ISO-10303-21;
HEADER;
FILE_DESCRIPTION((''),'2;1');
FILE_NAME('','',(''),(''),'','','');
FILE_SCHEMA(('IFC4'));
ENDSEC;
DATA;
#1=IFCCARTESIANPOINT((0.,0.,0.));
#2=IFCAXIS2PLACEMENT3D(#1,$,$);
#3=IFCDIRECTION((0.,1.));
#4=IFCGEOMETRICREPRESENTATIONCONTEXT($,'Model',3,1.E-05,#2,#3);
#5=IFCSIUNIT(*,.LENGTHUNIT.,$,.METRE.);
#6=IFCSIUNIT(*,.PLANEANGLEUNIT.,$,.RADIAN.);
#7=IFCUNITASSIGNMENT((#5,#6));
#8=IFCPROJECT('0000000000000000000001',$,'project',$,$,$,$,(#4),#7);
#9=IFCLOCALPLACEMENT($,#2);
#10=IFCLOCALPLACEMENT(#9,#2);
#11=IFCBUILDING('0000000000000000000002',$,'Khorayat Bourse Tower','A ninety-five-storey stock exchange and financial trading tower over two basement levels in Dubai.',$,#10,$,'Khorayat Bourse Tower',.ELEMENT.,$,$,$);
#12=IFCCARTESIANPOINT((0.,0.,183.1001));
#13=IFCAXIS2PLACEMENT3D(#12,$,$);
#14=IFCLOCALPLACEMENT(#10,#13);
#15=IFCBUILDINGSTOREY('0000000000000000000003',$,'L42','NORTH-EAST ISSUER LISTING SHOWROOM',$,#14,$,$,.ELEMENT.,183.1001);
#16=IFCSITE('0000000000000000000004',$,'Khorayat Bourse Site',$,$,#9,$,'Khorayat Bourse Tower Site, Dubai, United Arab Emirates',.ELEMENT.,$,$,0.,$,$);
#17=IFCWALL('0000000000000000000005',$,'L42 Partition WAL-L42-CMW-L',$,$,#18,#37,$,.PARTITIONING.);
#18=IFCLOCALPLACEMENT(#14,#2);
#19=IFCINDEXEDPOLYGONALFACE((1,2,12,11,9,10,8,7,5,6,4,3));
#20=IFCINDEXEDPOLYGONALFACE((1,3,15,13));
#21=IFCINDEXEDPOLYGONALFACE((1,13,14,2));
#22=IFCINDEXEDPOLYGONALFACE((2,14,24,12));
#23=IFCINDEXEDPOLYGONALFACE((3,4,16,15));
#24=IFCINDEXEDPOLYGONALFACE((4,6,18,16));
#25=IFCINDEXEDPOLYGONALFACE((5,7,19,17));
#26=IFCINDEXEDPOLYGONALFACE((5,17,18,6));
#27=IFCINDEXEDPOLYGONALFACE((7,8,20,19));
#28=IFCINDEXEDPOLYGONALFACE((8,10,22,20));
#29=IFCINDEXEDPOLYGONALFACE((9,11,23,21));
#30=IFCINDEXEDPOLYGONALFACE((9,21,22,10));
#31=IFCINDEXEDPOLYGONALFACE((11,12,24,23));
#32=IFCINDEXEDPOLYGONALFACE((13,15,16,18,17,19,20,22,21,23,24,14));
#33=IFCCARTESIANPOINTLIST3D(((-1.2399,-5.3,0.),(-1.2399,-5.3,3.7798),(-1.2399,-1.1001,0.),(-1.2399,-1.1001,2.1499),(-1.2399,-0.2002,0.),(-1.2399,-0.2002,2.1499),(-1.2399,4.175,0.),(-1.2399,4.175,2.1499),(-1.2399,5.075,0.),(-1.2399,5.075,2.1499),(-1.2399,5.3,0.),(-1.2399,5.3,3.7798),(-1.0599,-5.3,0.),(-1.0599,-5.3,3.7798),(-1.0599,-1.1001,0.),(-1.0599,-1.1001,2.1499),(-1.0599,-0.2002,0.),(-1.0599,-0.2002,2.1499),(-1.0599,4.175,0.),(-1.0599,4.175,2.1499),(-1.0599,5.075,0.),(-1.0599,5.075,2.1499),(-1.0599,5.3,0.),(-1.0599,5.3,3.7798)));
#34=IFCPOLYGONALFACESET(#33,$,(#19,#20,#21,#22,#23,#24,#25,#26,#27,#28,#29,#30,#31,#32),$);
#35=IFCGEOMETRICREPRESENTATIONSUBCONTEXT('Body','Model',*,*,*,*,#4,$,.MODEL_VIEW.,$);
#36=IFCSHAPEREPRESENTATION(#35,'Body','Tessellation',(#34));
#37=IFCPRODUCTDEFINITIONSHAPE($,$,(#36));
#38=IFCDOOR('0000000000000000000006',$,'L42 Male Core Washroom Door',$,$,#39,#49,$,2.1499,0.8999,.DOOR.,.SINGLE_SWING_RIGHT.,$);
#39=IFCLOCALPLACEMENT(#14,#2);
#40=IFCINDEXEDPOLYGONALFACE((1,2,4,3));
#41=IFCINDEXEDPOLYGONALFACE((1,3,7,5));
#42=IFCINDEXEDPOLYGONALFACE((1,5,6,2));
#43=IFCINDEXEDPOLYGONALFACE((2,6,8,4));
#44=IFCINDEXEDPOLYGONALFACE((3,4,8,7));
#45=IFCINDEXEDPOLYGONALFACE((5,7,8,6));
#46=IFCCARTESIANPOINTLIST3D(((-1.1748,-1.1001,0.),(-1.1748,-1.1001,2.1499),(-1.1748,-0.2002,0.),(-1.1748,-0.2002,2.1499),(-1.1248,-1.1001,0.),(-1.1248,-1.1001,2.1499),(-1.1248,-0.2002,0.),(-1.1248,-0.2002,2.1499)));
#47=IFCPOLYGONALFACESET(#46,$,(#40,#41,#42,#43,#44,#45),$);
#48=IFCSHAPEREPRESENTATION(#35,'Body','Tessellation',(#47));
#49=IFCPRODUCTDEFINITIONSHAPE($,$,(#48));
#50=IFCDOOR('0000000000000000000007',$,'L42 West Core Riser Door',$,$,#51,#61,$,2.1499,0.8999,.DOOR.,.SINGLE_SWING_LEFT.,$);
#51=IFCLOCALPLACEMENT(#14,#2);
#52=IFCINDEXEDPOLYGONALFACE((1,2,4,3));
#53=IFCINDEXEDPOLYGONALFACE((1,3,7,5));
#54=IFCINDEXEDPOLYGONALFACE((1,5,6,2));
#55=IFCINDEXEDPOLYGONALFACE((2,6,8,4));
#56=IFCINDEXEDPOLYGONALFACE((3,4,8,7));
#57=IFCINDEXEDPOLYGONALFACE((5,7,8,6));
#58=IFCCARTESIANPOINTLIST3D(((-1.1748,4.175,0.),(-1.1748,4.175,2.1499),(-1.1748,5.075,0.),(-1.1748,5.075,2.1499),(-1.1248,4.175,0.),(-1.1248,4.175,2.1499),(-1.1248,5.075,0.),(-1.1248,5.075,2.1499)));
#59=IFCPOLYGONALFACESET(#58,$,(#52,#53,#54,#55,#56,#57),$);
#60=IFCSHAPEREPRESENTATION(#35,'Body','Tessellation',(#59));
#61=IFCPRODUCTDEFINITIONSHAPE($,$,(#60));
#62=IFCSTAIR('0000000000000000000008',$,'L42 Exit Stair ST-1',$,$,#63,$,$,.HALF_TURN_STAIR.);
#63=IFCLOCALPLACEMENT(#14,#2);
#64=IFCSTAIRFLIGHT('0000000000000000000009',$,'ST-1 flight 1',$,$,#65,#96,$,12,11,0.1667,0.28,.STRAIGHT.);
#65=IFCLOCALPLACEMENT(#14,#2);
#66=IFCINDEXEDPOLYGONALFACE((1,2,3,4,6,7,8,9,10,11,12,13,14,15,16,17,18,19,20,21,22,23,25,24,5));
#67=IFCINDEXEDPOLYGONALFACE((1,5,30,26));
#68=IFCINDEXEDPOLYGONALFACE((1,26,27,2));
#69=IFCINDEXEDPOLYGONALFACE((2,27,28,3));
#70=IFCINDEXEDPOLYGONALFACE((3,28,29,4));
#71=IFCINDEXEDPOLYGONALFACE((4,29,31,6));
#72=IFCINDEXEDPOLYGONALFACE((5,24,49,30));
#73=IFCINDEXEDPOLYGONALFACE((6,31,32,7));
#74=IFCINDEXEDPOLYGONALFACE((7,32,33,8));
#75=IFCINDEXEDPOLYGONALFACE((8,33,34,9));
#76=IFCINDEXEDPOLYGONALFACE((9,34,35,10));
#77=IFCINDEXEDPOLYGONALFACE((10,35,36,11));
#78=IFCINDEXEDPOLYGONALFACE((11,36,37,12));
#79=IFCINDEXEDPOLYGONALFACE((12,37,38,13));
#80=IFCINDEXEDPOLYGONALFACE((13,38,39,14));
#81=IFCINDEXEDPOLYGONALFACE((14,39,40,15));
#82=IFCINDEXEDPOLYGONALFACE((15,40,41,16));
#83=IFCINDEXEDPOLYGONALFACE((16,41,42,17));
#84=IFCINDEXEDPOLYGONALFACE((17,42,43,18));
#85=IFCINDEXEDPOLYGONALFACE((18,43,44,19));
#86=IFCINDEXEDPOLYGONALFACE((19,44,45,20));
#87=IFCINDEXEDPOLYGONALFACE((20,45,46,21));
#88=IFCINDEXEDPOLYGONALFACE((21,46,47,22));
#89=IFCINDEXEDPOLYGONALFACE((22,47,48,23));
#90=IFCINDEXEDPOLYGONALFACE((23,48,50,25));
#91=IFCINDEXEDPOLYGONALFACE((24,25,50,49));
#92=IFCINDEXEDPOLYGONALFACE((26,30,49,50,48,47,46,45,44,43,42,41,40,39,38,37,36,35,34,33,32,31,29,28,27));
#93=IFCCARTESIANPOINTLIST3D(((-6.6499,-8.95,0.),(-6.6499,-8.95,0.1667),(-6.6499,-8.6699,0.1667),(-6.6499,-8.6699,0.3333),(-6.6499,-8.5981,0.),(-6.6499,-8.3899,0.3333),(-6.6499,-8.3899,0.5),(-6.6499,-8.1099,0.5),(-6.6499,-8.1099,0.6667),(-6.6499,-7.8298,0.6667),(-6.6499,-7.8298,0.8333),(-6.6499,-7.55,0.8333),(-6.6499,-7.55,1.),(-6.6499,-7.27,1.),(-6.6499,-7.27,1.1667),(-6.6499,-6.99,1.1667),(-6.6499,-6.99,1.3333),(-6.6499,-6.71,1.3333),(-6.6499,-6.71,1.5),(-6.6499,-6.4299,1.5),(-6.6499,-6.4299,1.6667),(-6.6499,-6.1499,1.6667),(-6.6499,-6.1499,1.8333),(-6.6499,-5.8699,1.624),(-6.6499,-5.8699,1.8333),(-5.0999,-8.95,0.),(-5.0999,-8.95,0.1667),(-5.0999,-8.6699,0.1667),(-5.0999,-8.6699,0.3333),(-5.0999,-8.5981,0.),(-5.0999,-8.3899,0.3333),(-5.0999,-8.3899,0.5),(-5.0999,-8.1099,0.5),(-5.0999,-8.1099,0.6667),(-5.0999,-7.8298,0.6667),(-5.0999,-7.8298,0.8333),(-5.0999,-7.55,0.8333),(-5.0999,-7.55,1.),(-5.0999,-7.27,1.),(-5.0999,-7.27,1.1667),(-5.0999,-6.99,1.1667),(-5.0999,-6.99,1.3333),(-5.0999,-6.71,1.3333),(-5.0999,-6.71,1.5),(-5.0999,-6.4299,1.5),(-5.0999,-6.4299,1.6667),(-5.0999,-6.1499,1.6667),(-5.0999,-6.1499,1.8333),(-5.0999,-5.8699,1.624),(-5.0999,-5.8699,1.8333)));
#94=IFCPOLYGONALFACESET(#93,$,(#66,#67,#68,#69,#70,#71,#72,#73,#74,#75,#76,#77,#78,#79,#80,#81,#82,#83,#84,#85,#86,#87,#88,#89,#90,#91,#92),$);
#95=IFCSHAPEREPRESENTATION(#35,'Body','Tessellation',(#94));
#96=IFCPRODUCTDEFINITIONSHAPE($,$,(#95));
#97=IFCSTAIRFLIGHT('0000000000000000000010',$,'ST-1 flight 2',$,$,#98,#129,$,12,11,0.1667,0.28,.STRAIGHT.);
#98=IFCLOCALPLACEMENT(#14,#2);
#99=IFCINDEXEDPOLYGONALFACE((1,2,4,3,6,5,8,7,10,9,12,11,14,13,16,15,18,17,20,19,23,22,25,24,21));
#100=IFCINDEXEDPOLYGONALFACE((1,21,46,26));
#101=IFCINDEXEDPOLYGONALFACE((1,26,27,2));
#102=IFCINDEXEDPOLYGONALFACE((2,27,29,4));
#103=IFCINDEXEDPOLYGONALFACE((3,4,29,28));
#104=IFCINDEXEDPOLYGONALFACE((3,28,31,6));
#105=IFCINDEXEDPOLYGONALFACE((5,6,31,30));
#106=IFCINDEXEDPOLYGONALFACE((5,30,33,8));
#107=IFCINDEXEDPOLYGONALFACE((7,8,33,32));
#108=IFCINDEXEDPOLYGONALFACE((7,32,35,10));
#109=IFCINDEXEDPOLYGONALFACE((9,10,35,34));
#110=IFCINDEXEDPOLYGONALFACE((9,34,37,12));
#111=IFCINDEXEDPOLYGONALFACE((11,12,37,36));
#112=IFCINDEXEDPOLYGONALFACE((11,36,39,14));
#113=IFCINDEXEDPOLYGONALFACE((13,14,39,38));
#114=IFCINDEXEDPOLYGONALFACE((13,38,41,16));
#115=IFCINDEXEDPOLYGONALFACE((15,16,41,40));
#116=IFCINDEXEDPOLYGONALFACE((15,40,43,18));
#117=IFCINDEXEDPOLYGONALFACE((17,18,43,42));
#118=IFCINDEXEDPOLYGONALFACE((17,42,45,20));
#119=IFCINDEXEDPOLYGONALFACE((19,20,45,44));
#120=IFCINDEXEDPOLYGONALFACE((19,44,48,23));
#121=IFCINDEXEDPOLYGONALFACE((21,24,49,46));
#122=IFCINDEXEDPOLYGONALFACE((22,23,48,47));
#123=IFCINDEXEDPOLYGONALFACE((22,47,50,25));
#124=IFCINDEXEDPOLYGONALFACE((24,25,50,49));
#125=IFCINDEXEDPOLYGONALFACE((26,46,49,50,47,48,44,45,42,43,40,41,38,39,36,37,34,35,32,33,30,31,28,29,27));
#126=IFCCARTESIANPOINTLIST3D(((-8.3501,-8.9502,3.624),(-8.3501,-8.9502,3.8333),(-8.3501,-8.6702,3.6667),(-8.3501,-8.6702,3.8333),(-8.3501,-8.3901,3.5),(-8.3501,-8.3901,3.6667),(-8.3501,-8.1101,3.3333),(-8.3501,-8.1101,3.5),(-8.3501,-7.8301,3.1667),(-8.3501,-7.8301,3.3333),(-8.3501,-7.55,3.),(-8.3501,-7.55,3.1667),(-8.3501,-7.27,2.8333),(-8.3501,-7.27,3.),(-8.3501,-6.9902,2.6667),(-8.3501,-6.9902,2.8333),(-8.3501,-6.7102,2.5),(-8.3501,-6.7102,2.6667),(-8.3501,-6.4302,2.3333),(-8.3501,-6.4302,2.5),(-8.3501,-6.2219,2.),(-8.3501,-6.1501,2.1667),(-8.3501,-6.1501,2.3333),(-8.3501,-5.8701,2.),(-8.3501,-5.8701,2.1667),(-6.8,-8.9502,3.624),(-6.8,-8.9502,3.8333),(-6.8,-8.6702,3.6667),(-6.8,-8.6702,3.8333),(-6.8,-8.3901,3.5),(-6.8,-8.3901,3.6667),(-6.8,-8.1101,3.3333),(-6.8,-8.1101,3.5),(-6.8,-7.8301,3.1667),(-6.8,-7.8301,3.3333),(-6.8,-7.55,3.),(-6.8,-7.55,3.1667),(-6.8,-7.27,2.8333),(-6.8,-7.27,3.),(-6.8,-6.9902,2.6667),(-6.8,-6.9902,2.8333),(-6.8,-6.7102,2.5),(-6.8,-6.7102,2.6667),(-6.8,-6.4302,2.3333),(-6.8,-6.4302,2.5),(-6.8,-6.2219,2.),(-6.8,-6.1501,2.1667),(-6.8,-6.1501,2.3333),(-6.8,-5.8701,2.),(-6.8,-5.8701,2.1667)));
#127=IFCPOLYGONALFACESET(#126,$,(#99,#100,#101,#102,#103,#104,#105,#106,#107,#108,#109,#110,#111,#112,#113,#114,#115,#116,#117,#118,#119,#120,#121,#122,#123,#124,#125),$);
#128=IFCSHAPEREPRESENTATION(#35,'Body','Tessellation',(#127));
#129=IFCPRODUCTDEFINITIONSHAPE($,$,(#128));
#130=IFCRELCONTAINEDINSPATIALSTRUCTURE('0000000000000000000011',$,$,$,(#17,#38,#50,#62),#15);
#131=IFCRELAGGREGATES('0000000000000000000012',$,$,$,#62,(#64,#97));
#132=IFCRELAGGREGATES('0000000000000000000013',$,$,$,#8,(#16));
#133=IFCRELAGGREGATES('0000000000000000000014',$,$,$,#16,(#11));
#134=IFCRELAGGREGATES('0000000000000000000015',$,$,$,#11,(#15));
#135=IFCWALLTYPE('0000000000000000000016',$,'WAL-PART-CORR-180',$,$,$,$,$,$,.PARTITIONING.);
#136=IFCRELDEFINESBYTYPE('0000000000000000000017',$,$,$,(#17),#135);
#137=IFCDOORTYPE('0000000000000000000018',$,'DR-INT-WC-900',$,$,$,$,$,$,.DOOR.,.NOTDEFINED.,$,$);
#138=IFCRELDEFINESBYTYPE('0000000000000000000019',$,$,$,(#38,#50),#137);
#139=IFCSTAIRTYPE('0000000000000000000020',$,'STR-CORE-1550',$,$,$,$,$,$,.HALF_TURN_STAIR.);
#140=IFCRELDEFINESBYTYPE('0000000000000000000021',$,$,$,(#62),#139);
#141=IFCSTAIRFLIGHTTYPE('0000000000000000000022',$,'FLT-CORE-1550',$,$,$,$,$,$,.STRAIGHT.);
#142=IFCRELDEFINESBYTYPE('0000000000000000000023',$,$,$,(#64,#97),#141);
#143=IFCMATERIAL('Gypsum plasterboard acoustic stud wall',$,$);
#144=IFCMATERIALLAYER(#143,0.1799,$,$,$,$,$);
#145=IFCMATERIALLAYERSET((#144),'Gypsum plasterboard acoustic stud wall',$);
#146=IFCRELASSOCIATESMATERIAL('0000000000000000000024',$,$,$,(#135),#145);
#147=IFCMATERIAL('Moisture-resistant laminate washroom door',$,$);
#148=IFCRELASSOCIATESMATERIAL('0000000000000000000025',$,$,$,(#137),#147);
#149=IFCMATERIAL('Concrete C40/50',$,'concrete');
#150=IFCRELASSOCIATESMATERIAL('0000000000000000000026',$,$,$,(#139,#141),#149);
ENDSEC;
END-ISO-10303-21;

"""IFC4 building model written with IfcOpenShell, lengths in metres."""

from ifc_helpers import new_model, si_unit, direction, frame, frame_2d, origin, place, context, subcontext, project, spatial, polyline, rectangle, outline, extrude, source, transform, mapped, material, layer, layer_set, type_object, element, fill, aggregate, save


model = new_model("IFC4")

# Units and contexts
model_context = context("Model", 3, precision=1e-05, world=origin(), true_north=direction((0.0, 1.0)))
body_context = subcontext(model_context, "Body", "Model", "MODEL_VIEW")
ifc_project = project(units=[si_unit("LENGTHUNIT", "METRE"), si_unit("PLANEANGLEUNIT", "RADIAN")], contexts=[model_context])

# Site, building, storey
site_placement = place(None, origin())
site = spatial("IfcSite", under=ifc_project, at=site_placement, Name="Khorayat Bourse Site", LongName="Khorayat Bourse Tower Site, Dubai, United Arab Emirates", CompositionType="ELEMENT", RefElevation=0.0)
building_placement = place(site_placement, origin())
building = spatial("IfcBuilding", under=site, at=building_placement, Name="Khorayat Bourse Tower", Description="A ninety-five-storey stock exchange and financial trading tower over two basement levels in Dubai.", LongName="Khorayat Bourse Tower", CompositionType="ELEMENT")
storey_placement = place(building_placement, frame((0.0, 0.0, 183.1001)))
storey = spatial("IfcBuildingStorey", under=building, at=storey_placement, Name="L42", Description="NORTH-EAST ISSUER LISTING SHOWROOM", CompositionType="ELEMENT", Elevation=183.1001)

# Shared definitions
ifc_material_1 = material(Name="Gypsum plasterboard acoustic stud wall")
ifc_layer_1 = layer(ifc_material_1, 0.1799)
ifc_layer_set_1 = layer_set([ifc_layer_1], Name="Gypsum plasterboard acoustic stud wall")
wall_type_1 = type_object("IfcWallType", Name="WAL-PART-CORR-180", PredefinedType="PARTITIONING", material=ifc_layer_set_1)

# Shared definitions
shared_shape_1 = source(origin(), body_context, "Body", "SweptSolid", [
    extrude(rectangle(XDim=0.8999, YDim=2.1499, at=frame_2d((0.45, 1.075))), frame((0.0, 0.0999, 0.0), z_axis=(0.0, -1.0, 0.0), x_axis=(1.0, 0.0, 0.0)), (0.0, 0.0, 1.0), 0.2),
])
ifc_material_2 = material(Name="Moisture-resistant laminate washroom door")
door_type_1 = type_object("IfcDoorType", Name="DR-INT-WC-900", OperationType="NOTDEFINED", PredefinedType="DOOR", material=ifc_material_2)
shared_shape_2 = source(origin(), body_context, "Body", "SweptSolid", [
    extrude(rectangle(XDim=0.8999, YDim=2.1499, at=frame_2d((0.45, 1.075))), frame((0.0, 0.0249, 0.0), z_axis=(0.0, -1.0, 0.0), x_axis=(1.0, 0.0, 0.0)), (0.0, 0.0, 1.0), 0.05),
])

# Wall, openings, doors
shared_shape_3 = source(origin(), body_context, "Body", "SweptSolid", [
    extrude(rectangle(XDim=10.6001, YDim=0.1799, at=frame_2d((5.3, 0.0))), origin(), (0.0, 0.0, 1.0), 3.7798),
])
wall_1_placement = place(storey_placement, frame((-1.1499, -5.3, 0.0), z_axis=(0.0, 0.0, 1.0), x_axis=(0.0, 1.0, 0.0)))
wall_1 = element("IfcWall", 1, at=wall_1_placement, inside=storey, type_object=wall_type_1, Name="L42 Partition WAL-L42-CMW-L", PredefinedType="PARTITIONING", context=body_context, shape_type="MappedRepresentation", body=[
    mapped(shared_shape_3, transform((0.0, 0.0, 0.0), scale=1.0)),
])
opening_1_placement = place(wall_1_placement, frame((4.2, 0.0, 0.0)))
opening_1 = element("IfcOpeningElement", 2, at=opening_1_placement, cuts=wall_1, PredefinedType="OPENING", context=body_context, shape_type="MappedRepresentation", body=[
    mapped(shared_shape_1, transform((0.0, 0.0, 0.0), scale=1.0)),
])
opening_2_placement = place(wall_1_placement, frame((9.4751, 0.0, 0.0)))
opening_2 = element("IfcOpeningElement", 3, at=opening_2_placement, cuts=wall_1, PredefinedType="OPENING", context=body_context, shape_type="MappedRepresentation", body=[
    mapped(shared_shape_1, transform((0.0, 0.0, 0.0), scale=1.0)),
])
door_1_placement = place(opening_1_placement, origin())
door_1 = element("IfcDoor", 4, at=door_1_placement, inside=storey, type_object=door_type_1, Name="L42 Male Core Washroom Door", OperationType="SINGLE_SWING_RIGHT", OverallHeight=2.1499, OverallWidth=0.8999, PredefinedType="DOOR", context=body_context, shape_type="MappedRepresentation", body=[
    mapped(shared_shape_2, transform((0.0, 0.0, 0.0), scale=1.0)),
])
fill(opening_1, door_1)
door_2_placement = place(opening_2_placement, origin())
door_2 = element("IfcDoor", 5, at=door_2_placement, inside=storey, type_object=door_type_1, Name="L42 West Core Riser Door", OperationType="SINGLE_SWING_LEFT", OverallHeight=2.1499, OverallWidth=0.8999, PredefinedType="DOOR", context=body_context, shape_type="MappedRepresentation", body=[
    mapped(shared_shape_2, transform((0.0, 0.0, 0.0), scale=1.0)),
])
fill(opening_2, door_2)

# Stair, stair flights
ifc_material_3 = material(Name="Concrete C40/50", Category="concrete")
stair_type = type_object("IfcStairType", Name="STR-CORE-1550", PredefinedType="HALF_TURN_STAIR", material=ifc_material_3)
stair_placement = place(storey_placement, origin())
stair = element("IfcStair", 6, at=stair_placement, inside=storey, type_object=stair_type, Name="L42 Exit Stair ST-1", PredefinedType="HALF_TURN_STAIR")
stair_flight_type = type_object("IfcStairFlightType", Name="FLT-CORE-1550", PredefinedType="STRAIGHT", material=ifc_material_3)
shared_shape_4 = source(origin(), body_context, "Body", "SweptSolid", [
    extrude(outline(polyline([(0.0, 0.0), (0.0, 0.1667), (0.28, 0.1667), (0.28, 0.3333), (0.5601, 0.3333), (0.5601, 0.5), (0.8401, 0.5), (0.8401, 0.6667), (1.1201, 0.6667), (1.1201, 0.8333), (1.3999, 0.8333), (1.3999, 1.0), (1.6799, 1.0), (1.6799, 1.1667), (1.96, 1.1667), (1.96, 1.3333), (2.24, 1.3333), (2.24, 1.5), (2.52, 1.5), (2.52, 1.6667), (2.8, 1.6667), (2.8, 1.8333), (3.0801, 1.8333), (3.0801, 2.0), (3.0801, 1.624), (0.3518, 0.0), (0.0, 0.0)])), frame((0.0, 0.7749, 0.0), z_axis=(0.0, -1.0, 0.0), x_axis=(1.0, 0.0, 0.0)), (0.0, 0.0, 1.0), 1.55),
])
stair_flight_1_placement = place(storey_placement, frame((-5.875, -8.95, 0.0), z_axis=(0.0, 0.0, 1.0), x_axis=(0.0, 1.0, 0.0)))
stair_flight_1 = element("IfcStairFlight", 7, at=stair_flight_1_placement, type_object=stair_flight_type, Name="ST-1 flight 1", NumberOfRisers=12, NumberOfTreads=11, PredefinedType="STRAIGHT", RiserHeight=0.1667, TreadLength=0.28, context=body_context, shape_type="MappedRepresentation", body=[
    mapped(shared_shape_4, transform((0.0, 0.0, 0.0), scale=1.0)),
])
stair_flight_2_placement = place(storey_placement, frame((-7.575, -5.8701, 2.0), z_axis=(0.0, 0.0, 1.0), x_axis=(0.0, -1.0, 0.0)))
stair_flight_2 = element("IfcStairFlight", 8, at=stair_flight_2_placement, type_object=stair_flight_type, Name="ST-1 flight 2", NumberOfRisers=12, NumberOfTreads=11, PredefinedType="STRAIGHT", RiserHeight=0.1667, TreadLength=0.28, context=body_context, shape_type="MappedRepresentation", body=[
    mapped(shared_shape_4, transform((0.0, 0.0, 0.0), scale=1.0)),
])
aggregate(stair, [stair_flight_1, stair_flight_2])

save(model, "model.ifc")
